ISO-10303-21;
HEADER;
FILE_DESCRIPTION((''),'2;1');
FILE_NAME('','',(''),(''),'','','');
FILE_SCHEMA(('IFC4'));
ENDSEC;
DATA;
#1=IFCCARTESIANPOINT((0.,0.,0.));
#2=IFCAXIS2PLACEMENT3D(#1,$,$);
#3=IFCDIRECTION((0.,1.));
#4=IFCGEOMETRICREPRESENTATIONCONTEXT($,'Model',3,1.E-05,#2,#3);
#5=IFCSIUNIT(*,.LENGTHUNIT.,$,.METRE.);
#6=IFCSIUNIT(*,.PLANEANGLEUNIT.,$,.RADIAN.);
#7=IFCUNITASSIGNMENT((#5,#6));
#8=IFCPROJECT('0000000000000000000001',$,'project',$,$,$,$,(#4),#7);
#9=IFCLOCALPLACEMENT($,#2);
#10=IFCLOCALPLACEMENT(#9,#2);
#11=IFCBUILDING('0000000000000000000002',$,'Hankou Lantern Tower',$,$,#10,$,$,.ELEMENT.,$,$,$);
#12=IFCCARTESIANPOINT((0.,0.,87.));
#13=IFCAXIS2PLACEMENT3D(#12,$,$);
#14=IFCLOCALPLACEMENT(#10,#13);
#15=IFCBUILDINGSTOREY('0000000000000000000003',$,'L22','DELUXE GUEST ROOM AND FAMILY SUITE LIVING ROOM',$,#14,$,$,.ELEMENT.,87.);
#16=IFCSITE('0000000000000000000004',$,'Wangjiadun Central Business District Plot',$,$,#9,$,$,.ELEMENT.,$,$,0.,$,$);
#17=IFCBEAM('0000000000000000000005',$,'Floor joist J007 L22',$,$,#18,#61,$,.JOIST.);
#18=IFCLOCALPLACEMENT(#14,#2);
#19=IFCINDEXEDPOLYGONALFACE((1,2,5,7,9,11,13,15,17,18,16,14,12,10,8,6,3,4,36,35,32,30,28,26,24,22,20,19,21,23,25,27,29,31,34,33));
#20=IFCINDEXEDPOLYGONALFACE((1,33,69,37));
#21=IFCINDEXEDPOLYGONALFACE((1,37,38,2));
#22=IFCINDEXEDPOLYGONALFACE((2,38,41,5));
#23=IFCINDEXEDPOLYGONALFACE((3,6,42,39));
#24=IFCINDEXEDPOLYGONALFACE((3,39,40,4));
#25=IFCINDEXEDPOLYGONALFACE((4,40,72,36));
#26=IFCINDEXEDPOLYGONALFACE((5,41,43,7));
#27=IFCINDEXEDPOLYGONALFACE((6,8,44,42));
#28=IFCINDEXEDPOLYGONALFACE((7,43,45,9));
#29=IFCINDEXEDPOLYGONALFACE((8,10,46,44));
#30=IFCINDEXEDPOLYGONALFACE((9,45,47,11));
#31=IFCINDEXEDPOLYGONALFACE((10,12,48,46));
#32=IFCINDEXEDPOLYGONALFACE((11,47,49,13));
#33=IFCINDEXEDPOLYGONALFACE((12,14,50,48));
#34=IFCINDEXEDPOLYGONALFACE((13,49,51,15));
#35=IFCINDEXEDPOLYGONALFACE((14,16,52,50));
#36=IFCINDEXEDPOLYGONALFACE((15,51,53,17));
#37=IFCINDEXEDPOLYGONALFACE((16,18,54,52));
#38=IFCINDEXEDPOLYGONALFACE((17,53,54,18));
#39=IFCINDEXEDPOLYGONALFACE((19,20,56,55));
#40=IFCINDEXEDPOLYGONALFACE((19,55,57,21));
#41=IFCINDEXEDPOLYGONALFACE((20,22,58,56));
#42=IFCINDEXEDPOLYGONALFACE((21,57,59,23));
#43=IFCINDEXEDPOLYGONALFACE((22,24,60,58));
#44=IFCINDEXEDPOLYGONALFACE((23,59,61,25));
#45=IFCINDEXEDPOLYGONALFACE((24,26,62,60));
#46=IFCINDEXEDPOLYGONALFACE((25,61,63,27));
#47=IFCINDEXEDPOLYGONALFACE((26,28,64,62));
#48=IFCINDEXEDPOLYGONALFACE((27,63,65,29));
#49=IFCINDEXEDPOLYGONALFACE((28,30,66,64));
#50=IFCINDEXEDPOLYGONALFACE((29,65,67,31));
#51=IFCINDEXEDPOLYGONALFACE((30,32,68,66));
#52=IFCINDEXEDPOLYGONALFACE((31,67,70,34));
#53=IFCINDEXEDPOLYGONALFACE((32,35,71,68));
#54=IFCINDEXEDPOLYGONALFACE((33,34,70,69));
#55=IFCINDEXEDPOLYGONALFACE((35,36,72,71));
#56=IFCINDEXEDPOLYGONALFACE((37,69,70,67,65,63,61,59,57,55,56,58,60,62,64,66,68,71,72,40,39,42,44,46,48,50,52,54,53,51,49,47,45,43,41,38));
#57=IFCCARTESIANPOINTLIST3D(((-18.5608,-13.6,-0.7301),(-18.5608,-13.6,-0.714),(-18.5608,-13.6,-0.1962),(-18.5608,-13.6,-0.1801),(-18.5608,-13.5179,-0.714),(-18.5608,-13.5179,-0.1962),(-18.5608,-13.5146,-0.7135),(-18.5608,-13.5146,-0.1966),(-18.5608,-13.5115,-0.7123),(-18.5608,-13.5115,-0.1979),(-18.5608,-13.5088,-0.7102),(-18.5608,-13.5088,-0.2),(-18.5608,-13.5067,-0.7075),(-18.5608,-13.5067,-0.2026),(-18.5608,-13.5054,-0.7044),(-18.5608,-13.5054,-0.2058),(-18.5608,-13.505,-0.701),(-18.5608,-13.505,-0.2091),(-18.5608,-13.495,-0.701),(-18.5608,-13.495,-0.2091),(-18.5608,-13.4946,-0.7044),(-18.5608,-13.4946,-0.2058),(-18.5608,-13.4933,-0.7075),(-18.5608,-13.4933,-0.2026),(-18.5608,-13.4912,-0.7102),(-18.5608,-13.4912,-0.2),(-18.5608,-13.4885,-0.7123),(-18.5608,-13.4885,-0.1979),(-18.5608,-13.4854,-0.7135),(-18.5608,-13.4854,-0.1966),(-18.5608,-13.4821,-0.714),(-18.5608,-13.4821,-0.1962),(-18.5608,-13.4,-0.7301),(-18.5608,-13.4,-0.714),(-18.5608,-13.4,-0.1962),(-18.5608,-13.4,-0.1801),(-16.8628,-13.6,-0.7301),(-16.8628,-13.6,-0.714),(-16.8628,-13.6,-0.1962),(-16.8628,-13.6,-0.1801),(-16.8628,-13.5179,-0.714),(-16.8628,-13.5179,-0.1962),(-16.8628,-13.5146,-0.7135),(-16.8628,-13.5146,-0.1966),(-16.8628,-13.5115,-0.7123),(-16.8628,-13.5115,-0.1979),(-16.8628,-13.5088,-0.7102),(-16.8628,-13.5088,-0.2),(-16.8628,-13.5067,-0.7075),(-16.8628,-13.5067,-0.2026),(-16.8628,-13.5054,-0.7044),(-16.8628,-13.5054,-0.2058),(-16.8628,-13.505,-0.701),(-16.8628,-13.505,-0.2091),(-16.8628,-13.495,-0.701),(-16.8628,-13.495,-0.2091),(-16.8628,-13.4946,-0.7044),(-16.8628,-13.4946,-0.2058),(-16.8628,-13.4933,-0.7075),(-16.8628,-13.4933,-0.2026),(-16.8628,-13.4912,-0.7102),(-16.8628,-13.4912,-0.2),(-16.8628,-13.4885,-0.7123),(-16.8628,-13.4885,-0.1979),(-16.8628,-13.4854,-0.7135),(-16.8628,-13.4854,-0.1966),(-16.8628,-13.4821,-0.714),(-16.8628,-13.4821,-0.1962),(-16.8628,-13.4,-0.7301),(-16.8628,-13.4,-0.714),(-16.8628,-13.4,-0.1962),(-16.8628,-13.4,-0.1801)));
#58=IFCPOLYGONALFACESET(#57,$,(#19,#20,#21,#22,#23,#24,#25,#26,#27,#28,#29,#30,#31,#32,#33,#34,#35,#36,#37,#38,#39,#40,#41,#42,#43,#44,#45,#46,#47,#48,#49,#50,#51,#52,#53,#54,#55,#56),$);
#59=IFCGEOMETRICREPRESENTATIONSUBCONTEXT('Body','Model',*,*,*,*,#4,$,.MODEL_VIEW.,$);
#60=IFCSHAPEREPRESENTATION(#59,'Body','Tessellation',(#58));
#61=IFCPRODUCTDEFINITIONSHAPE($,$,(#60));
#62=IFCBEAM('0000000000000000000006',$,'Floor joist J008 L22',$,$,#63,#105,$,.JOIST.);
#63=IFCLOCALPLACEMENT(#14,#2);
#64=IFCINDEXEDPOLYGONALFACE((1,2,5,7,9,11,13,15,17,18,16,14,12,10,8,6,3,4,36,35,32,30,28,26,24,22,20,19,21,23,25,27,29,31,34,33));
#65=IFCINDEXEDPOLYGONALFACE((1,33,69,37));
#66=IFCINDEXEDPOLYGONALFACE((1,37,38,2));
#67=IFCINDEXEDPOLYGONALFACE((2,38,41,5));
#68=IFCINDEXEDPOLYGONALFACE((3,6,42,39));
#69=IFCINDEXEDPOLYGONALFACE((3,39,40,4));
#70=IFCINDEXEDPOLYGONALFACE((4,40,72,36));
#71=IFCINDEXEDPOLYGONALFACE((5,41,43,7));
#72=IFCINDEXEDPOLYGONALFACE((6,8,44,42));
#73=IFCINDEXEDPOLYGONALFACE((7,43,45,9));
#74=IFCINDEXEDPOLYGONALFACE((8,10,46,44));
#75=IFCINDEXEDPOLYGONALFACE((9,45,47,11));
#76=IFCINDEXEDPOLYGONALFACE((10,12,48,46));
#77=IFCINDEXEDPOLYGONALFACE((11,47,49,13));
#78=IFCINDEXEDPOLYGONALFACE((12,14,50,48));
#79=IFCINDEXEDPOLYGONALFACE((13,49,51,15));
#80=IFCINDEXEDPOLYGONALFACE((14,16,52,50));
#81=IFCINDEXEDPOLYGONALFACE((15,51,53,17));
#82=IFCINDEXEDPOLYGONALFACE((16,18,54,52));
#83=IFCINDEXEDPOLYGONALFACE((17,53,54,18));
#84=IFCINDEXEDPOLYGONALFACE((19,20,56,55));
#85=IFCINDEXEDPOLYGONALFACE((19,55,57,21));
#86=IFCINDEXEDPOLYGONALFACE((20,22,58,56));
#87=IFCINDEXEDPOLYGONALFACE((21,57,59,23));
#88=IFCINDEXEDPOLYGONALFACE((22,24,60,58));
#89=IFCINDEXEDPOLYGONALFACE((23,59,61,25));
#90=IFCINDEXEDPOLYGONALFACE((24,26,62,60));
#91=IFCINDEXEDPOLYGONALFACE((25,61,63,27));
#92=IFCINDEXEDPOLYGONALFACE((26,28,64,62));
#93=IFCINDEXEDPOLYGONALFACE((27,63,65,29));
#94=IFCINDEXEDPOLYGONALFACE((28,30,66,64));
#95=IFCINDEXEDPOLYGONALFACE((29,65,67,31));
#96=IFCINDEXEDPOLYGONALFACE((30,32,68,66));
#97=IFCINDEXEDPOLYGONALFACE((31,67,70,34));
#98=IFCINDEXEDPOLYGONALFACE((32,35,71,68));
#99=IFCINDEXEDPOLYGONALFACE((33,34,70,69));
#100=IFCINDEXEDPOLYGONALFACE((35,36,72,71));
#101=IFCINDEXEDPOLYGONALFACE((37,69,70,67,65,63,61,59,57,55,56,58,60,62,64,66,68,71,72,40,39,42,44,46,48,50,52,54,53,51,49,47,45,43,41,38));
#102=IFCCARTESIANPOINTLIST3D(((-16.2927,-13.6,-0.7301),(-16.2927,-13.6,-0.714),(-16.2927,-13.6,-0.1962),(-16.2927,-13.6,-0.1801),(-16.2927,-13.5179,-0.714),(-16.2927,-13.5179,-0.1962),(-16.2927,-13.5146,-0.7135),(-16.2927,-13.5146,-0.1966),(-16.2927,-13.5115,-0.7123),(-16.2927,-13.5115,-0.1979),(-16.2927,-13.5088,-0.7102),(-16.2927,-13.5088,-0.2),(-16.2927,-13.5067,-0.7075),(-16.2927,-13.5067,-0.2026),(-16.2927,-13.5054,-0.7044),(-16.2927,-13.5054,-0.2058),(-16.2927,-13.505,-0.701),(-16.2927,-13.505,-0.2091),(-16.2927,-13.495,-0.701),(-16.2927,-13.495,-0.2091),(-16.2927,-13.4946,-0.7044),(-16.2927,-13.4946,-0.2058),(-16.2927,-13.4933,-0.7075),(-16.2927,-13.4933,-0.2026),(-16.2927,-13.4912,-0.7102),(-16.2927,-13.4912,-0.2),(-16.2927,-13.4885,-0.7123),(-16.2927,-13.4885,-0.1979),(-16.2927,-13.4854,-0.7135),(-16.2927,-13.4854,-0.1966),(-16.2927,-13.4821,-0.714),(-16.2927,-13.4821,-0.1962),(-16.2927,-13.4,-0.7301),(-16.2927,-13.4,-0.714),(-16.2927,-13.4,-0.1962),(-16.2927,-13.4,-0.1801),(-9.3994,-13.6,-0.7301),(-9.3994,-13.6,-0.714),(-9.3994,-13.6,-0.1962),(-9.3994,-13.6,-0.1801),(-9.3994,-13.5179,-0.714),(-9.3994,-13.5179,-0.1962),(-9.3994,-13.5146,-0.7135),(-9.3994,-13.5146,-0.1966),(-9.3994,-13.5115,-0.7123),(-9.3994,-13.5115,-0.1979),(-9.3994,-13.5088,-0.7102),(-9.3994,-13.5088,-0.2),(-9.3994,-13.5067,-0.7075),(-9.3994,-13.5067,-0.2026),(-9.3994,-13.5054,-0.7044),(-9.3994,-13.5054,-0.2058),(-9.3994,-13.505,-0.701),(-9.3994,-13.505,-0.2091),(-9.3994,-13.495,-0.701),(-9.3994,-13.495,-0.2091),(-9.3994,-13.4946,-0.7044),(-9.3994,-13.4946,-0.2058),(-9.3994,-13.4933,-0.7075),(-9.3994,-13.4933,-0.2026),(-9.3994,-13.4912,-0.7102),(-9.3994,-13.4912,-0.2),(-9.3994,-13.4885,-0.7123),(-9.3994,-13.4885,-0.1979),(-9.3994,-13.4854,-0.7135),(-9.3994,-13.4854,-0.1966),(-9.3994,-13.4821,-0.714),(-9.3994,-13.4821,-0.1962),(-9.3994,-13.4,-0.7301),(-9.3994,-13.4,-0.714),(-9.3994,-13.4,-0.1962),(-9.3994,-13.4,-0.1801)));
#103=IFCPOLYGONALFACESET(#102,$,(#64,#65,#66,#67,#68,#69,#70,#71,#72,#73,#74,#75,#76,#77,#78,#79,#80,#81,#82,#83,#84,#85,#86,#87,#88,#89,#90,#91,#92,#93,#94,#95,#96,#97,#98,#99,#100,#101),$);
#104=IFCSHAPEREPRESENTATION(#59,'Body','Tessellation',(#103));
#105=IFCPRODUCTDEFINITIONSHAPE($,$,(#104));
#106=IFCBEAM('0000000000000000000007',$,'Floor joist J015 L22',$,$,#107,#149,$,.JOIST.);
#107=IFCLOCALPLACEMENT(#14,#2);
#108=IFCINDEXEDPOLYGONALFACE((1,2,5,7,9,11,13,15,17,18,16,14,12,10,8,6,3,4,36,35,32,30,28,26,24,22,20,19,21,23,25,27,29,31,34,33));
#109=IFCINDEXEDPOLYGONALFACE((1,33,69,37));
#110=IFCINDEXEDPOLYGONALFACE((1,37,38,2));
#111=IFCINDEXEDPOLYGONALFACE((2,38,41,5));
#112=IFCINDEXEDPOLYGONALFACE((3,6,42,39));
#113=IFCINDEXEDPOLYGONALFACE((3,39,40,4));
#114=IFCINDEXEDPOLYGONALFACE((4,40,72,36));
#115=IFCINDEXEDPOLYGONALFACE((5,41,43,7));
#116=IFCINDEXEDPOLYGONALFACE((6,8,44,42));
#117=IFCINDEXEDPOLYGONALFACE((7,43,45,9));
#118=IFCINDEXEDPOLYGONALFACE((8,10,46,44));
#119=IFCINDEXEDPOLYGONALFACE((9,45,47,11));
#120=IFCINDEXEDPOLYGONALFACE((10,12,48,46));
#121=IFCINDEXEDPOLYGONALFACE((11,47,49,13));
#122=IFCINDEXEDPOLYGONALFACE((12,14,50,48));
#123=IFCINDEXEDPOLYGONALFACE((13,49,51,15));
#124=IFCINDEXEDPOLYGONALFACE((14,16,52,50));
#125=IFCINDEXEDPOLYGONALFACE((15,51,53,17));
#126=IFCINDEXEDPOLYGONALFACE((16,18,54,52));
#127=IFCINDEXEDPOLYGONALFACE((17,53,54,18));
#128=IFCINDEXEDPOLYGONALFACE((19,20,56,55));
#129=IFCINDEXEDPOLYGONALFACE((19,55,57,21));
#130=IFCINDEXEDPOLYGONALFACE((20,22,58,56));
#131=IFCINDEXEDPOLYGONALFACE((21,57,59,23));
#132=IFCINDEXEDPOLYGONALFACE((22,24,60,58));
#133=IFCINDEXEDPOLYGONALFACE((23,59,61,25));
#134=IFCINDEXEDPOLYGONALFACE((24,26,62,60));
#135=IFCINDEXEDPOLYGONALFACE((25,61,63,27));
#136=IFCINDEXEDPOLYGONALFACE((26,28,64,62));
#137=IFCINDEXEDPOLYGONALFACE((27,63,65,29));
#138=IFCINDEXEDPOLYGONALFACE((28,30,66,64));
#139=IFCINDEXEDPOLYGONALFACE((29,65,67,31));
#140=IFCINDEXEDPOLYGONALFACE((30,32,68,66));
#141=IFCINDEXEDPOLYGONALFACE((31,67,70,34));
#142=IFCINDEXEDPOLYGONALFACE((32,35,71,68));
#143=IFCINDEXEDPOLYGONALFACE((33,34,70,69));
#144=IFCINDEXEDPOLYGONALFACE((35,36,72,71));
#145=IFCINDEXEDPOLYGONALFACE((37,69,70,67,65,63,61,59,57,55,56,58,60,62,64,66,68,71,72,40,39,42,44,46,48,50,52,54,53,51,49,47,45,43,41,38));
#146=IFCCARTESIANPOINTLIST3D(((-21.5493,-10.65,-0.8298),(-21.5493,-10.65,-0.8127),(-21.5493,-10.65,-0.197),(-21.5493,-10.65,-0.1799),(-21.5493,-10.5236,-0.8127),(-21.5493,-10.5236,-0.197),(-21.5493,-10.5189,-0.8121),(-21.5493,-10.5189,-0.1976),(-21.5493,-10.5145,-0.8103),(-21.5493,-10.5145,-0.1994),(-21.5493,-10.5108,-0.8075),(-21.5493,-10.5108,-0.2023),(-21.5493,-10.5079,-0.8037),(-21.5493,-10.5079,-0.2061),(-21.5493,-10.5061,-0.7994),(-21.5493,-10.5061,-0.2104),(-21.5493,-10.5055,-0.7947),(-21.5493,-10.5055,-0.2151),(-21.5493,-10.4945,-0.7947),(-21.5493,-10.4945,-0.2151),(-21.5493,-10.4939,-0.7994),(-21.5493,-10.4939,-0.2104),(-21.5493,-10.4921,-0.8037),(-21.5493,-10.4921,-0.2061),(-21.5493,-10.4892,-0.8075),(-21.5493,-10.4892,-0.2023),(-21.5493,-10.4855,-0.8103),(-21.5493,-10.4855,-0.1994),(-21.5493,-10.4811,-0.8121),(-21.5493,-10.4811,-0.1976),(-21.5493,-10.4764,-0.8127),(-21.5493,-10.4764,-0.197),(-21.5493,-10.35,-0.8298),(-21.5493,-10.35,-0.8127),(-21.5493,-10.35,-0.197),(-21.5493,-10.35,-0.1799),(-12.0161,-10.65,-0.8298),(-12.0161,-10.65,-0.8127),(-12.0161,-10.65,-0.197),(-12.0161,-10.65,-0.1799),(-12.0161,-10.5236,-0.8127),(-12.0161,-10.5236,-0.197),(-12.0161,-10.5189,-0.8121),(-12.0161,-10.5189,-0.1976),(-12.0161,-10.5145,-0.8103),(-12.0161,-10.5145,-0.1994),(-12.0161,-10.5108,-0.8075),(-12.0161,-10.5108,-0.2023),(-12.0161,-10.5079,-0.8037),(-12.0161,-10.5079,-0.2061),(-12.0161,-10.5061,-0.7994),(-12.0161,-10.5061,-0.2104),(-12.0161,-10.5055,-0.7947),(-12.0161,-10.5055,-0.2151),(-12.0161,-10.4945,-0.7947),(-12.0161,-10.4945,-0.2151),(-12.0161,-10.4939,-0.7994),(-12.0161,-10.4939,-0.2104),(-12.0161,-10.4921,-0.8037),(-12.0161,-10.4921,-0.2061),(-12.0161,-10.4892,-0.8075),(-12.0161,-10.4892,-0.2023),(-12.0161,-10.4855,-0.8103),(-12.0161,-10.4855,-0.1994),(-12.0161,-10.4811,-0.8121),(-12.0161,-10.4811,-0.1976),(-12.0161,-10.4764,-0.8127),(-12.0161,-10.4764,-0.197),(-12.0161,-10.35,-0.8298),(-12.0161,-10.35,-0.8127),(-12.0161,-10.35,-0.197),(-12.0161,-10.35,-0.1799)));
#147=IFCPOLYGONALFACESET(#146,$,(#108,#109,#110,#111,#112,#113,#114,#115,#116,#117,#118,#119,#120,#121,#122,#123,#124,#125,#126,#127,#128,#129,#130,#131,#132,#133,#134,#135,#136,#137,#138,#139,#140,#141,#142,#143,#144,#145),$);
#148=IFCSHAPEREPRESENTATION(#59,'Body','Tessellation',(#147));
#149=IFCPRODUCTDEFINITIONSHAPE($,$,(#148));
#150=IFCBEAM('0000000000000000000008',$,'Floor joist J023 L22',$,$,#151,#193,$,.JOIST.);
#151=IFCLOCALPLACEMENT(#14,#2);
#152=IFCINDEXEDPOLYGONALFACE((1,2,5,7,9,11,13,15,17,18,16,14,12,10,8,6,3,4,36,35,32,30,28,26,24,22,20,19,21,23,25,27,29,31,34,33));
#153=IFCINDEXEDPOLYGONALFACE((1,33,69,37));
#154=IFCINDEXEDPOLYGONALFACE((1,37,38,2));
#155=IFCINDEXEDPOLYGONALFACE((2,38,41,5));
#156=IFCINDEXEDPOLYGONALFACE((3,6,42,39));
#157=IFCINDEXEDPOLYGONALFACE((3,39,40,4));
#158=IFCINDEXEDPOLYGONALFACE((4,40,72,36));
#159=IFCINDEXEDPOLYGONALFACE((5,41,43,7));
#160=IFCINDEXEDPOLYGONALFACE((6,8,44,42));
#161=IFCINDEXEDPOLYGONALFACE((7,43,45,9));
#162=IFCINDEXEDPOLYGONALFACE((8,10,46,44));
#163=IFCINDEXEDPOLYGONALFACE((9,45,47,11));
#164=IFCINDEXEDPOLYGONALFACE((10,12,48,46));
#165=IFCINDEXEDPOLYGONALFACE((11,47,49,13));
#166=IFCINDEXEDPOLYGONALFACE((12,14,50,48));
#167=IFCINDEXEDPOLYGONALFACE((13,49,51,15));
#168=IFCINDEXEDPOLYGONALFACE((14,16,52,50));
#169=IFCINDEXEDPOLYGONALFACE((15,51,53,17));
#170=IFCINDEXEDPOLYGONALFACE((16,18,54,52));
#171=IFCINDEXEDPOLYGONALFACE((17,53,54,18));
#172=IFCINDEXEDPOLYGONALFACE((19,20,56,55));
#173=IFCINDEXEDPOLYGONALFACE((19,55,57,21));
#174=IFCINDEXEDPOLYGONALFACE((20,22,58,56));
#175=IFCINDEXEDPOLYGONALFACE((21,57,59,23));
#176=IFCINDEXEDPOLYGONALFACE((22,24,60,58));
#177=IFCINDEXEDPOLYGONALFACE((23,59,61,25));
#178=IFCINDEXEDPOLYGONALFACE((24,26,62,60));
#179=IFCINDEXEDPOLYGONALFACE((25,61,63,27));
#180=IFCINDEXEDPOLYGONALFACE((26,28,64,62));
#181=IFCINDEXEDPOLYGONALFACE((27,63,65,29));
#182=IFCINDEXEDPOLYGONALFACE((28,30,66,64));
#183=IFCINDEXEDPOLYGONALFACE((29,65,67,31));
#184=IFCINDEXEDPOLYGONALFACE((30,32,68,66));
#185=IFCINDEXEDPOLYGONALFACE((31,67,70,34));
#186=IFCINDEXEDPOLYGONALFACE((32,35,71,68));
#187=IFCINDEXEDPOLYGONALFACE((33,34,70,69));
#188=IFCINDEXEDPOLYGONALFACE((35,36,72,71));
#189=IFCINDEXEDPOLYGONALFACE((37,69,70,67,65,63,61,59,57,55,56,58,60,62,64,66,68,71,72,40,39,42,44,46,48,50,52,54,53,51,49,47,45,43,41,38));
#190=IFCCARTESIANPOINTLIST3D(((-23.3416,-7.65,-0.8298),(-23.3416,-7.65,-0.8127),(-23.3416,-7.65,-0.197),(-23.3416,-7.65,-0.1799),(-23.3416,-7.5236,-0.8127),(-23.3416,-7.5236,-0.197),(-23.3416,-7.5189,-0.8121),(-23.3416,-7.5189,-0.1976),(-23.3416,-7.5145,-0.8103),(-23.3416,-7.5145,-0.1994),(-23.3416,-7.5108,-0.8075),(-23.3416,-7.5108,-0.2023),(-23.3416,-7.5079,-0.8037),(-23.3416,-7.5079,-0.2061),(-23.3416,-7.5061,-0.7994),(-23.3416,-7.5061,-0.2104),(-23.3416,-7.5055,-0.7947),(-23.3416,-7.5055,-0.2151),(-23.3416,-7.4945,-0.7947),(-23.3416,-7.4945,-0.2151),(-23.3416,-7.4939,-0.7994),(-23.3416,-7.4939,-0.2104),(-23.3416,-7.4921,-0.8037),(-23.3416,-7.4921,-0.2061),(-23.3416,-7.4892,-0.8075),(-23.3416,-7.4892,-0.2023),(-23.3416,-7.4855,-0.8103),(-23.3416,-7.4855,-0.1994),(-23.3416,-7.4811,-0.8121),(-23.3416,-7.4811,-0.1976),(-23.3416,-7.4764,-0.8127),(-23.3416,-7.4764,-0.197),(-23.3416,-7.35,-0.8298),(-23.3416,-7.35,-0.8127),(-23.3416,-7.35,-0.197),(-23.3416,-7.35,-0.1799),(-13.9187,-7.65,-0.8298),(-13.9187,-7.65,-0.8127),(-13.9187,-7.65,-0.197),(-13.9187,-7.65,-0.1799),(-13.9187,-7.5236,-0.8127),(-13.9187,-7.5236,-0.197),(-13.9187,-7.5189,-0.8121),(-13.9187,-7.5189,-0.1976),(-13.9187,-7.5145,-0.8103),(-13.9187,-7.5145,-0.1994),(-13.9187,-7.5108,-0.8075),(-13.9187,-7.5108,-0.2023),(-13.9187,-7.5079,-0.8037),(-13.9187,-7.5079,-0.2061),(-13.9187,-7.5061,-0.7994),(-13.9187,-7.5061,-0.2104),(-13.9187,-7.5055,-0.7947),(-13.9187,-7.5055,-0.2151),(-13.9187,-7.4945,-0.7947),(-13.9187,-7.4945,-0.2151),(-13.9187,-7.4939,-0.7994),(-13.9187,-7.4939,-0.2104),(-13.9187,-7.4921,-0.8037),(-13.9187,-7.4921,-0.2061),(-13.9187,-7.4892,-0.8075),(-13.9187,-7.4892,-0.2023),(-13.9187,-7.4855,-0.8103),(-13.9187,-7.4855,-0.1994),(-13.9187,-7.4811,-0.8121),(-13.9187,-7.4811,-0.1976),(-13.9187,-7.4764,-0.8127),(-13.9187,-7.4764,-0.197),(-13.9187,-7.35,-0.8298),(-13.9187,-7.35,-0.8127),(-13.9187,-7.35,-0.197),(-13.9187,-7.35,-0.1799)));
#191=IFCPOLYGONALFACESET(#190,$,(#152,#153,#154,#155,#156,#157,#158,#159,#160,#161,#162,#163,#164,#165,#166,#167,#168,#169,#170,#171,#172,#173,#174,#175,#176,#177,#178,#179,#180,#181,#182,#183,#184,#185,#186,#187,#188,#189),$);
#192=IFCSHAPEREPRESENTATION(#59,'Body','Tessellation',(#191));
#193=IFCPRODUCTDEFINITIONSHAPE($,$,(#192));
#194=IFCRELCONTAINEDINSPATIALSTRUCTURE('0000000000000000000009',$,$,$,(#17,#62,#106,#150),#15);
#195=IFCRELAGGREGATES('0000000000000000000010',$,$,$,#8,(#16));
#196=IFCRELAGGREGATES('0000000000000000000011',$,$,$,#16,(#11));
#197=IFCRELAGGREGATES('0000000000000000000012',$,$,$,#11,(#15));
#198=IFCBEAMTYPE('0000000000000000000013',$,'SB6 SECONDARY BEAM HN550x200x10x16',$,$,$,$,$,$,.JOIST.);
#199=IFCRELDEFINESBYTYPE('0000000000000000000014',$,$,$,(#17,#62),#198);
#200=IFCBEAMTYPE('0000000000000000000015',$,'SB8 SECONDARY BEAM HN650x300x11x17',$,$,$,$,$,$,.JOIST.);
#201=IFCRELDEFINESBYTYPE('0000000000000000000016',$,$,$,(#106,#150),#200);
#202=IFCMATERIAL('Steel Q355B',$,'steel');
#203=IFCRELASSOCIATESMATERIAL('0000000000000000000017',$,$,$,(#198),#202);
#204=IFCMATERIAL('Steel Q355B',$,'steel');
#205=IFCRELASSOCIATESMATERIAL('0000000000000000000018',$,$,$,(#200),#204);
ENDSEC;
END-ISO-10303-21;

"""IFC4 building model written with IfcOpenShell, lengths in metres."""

from ifc_helpers import new_model, si_unit, direction, frame, origin, origin_2d, place, context, subcontext, project, spatial, i_section, extrude, material, material_profile, profile_set, type_object, element, save


model = new_model("IFC4")

# Units and contexts
model_context = context("Model", 3, precision=1e-05, world=origin(), true_north=direction((0.0, 1.0)))
body_context = subcontext(model_context, "Body", "Model", "MODEL_VIEW")
ifc_project = project(units=[si_unit("LENGTHUNIT", "METRE"), si_unit("PLANEANGLEUNIT", "RADIAN")], contexts=[model_context])

# Site, building, storey
site_placement = place(None, origin())
site = spatial("IfcSite", under=ifc_project, at=site_placement, Name="Wangjiadun Central Business District Plot", CompositionType="ELEMENT", RefElevation=0.0)
building_placement = place(site_placement, origin())
building = spatial("IfcBuilding", under=site, at=building_placement, Name="Hankou Lantern Tower", CompositionType="ELEMENT")
storey_placement = place(building_placement, frame((0.0, 0.0, 87.0)))
storey = spatial("IfcBuildingStorey", under=building, at=storey_placement, Name="L22", Description="DELUXE GUEST ROOM AND FAMILY SUITE LIVING ROOM", CompositionType="ELEMENT", Elevation=87.0)

# Beams
ifc_material_1 = material(Name="Steel Q355B", Category="steel")
ifc_material_profile_1 = material_profile(ifc_material_1, i_section(OverallWidth=0.2, OverallDepth=0.55, WebThickness=0.01, FlangeThickness=0.0161, FilletRadius=0.0129, at=origin_2d()), Name="HN550x200x10x16")
ifc_profile_set_1 = profile_set([ifc_material_profile_1], Name="Steel Q355B")
beam_type_1 = type_object("IfcBeamType", Name="SB6 SECONDARY BEAM HN550x200x10x16", PredefinedType="JOIST", material=ifc_profile_set_1)
beam_1_placement = place(storey_placement, frame((-18.5608, -13.5, -0.4551), z_axis=(1.0, 0.0, 0.0), x_axis=(0.0, 1.0, 0.0)))
element("IfcBeam", 1, at=beam_1_placement, inside=storey, type_object=beam_type_1, Name="Floor joist J007 L22", PredefinedType="JOIST", context=body_context, shape_type="SweptSolid", body=[
    extrude(i_section(OverallWidth=0.2, OverallDepth=0.55, WebThickness=0.01, FlangeThickness=0.0161, FilletRadius=0.0129, at=origin_2d()), origin(), (0.0, 0.0, 1.0), 1.698),
])
beam_2_placement = place(storey_placement, frame((-16.2927, -13.5, -0.4551), z_axis=(1.0, 0.0, 0.0), x_axis=(0.0, 1.0, 0.0)))
element("IfcBeam", 2, at=beam_2_placement, inside=storey, type_object=beam_type_1, Name="Floor joist J008 L22", PredefinedType="JOIST", context=body_context, shape_type="SweptSolid", body=[
    extrude(i_section(OverallWidth=0.2, OverallDepth=0.55, WebThickness=0.01, FlangeThickness=0.0161, FilletRadius=0.0129, at=origin_2d()), origin(), (0.0, 0.0, 1.0), 6.8933),
])
ifc_material_2 = material(Name="Steel Q355B", Category="steel")
ifc_material_profile_2 = material_profile(ifc_material_2, i_section(OverallWidth=0.3, OverallDepth=0.6499, WebThickness=0.011, FlangeThickness=0.0171, FilletRadius=0.0181, at=origin_2d()), Name="HN650x300x11x17")
ifc_profile_set_2 = profile_set([ifc_material_profile_2], Name="Steel Q355B")
beam_type_2 = type_object("IfcBeamType", Name="SB8 SECONDARY BEAM HN650x300x11x17", PredefinedType="JOIST", material=ifc_profile_set_2)
beam_3_placement = place(storey_placement, frame((-21.5493, -10.5, -0.5049), z_axis=(1.0, 0.0, 0.0), x_axis=(0.0, 1.0, 0.0)))
element("IfcBeam", 3, at=beam_3_placement, inside=storey, type_object=beam_type_2, Name="Floor joist J015 L22", PredefinedType="JOIST", context=body_context, shape_type="SweptSolid", body=[
    extrude(i_section(OverallWidth=0.3, OverallDepth=0.6499, WebThickness=0.011, FlangeThickness=0.0171, FilletRadius=0.0181, at=origin_2d()), origin(), (0.0, 0.0, 1.0), 9.5332),
])
beam_4_placement = place(storey_placement, frame((-23.3416, -7.5, -0.5049), z_axis=(1.0, 0.0, 0.0), x_axis=(0.0, 1.0, 0.0)))
element("IfcBeam", 4, at=beam_4_placement, inside=storey, type_object=beam_type_2, Name="Floor joist J023 L22", PredefinedType="JOIST", context=body_context, shape_type="SweptSolid", body=[
    extrude(i_section(OverallWidth=0.3, OverallDepth=0.6499, WebThickness=0.011, FlangeThickness=0.0171, FilletRadius=0.0181, at=origin_2d()), origin(), (0.0, 0.0, 1.0), 9.4229),
])

save(model, "model.ifc")
